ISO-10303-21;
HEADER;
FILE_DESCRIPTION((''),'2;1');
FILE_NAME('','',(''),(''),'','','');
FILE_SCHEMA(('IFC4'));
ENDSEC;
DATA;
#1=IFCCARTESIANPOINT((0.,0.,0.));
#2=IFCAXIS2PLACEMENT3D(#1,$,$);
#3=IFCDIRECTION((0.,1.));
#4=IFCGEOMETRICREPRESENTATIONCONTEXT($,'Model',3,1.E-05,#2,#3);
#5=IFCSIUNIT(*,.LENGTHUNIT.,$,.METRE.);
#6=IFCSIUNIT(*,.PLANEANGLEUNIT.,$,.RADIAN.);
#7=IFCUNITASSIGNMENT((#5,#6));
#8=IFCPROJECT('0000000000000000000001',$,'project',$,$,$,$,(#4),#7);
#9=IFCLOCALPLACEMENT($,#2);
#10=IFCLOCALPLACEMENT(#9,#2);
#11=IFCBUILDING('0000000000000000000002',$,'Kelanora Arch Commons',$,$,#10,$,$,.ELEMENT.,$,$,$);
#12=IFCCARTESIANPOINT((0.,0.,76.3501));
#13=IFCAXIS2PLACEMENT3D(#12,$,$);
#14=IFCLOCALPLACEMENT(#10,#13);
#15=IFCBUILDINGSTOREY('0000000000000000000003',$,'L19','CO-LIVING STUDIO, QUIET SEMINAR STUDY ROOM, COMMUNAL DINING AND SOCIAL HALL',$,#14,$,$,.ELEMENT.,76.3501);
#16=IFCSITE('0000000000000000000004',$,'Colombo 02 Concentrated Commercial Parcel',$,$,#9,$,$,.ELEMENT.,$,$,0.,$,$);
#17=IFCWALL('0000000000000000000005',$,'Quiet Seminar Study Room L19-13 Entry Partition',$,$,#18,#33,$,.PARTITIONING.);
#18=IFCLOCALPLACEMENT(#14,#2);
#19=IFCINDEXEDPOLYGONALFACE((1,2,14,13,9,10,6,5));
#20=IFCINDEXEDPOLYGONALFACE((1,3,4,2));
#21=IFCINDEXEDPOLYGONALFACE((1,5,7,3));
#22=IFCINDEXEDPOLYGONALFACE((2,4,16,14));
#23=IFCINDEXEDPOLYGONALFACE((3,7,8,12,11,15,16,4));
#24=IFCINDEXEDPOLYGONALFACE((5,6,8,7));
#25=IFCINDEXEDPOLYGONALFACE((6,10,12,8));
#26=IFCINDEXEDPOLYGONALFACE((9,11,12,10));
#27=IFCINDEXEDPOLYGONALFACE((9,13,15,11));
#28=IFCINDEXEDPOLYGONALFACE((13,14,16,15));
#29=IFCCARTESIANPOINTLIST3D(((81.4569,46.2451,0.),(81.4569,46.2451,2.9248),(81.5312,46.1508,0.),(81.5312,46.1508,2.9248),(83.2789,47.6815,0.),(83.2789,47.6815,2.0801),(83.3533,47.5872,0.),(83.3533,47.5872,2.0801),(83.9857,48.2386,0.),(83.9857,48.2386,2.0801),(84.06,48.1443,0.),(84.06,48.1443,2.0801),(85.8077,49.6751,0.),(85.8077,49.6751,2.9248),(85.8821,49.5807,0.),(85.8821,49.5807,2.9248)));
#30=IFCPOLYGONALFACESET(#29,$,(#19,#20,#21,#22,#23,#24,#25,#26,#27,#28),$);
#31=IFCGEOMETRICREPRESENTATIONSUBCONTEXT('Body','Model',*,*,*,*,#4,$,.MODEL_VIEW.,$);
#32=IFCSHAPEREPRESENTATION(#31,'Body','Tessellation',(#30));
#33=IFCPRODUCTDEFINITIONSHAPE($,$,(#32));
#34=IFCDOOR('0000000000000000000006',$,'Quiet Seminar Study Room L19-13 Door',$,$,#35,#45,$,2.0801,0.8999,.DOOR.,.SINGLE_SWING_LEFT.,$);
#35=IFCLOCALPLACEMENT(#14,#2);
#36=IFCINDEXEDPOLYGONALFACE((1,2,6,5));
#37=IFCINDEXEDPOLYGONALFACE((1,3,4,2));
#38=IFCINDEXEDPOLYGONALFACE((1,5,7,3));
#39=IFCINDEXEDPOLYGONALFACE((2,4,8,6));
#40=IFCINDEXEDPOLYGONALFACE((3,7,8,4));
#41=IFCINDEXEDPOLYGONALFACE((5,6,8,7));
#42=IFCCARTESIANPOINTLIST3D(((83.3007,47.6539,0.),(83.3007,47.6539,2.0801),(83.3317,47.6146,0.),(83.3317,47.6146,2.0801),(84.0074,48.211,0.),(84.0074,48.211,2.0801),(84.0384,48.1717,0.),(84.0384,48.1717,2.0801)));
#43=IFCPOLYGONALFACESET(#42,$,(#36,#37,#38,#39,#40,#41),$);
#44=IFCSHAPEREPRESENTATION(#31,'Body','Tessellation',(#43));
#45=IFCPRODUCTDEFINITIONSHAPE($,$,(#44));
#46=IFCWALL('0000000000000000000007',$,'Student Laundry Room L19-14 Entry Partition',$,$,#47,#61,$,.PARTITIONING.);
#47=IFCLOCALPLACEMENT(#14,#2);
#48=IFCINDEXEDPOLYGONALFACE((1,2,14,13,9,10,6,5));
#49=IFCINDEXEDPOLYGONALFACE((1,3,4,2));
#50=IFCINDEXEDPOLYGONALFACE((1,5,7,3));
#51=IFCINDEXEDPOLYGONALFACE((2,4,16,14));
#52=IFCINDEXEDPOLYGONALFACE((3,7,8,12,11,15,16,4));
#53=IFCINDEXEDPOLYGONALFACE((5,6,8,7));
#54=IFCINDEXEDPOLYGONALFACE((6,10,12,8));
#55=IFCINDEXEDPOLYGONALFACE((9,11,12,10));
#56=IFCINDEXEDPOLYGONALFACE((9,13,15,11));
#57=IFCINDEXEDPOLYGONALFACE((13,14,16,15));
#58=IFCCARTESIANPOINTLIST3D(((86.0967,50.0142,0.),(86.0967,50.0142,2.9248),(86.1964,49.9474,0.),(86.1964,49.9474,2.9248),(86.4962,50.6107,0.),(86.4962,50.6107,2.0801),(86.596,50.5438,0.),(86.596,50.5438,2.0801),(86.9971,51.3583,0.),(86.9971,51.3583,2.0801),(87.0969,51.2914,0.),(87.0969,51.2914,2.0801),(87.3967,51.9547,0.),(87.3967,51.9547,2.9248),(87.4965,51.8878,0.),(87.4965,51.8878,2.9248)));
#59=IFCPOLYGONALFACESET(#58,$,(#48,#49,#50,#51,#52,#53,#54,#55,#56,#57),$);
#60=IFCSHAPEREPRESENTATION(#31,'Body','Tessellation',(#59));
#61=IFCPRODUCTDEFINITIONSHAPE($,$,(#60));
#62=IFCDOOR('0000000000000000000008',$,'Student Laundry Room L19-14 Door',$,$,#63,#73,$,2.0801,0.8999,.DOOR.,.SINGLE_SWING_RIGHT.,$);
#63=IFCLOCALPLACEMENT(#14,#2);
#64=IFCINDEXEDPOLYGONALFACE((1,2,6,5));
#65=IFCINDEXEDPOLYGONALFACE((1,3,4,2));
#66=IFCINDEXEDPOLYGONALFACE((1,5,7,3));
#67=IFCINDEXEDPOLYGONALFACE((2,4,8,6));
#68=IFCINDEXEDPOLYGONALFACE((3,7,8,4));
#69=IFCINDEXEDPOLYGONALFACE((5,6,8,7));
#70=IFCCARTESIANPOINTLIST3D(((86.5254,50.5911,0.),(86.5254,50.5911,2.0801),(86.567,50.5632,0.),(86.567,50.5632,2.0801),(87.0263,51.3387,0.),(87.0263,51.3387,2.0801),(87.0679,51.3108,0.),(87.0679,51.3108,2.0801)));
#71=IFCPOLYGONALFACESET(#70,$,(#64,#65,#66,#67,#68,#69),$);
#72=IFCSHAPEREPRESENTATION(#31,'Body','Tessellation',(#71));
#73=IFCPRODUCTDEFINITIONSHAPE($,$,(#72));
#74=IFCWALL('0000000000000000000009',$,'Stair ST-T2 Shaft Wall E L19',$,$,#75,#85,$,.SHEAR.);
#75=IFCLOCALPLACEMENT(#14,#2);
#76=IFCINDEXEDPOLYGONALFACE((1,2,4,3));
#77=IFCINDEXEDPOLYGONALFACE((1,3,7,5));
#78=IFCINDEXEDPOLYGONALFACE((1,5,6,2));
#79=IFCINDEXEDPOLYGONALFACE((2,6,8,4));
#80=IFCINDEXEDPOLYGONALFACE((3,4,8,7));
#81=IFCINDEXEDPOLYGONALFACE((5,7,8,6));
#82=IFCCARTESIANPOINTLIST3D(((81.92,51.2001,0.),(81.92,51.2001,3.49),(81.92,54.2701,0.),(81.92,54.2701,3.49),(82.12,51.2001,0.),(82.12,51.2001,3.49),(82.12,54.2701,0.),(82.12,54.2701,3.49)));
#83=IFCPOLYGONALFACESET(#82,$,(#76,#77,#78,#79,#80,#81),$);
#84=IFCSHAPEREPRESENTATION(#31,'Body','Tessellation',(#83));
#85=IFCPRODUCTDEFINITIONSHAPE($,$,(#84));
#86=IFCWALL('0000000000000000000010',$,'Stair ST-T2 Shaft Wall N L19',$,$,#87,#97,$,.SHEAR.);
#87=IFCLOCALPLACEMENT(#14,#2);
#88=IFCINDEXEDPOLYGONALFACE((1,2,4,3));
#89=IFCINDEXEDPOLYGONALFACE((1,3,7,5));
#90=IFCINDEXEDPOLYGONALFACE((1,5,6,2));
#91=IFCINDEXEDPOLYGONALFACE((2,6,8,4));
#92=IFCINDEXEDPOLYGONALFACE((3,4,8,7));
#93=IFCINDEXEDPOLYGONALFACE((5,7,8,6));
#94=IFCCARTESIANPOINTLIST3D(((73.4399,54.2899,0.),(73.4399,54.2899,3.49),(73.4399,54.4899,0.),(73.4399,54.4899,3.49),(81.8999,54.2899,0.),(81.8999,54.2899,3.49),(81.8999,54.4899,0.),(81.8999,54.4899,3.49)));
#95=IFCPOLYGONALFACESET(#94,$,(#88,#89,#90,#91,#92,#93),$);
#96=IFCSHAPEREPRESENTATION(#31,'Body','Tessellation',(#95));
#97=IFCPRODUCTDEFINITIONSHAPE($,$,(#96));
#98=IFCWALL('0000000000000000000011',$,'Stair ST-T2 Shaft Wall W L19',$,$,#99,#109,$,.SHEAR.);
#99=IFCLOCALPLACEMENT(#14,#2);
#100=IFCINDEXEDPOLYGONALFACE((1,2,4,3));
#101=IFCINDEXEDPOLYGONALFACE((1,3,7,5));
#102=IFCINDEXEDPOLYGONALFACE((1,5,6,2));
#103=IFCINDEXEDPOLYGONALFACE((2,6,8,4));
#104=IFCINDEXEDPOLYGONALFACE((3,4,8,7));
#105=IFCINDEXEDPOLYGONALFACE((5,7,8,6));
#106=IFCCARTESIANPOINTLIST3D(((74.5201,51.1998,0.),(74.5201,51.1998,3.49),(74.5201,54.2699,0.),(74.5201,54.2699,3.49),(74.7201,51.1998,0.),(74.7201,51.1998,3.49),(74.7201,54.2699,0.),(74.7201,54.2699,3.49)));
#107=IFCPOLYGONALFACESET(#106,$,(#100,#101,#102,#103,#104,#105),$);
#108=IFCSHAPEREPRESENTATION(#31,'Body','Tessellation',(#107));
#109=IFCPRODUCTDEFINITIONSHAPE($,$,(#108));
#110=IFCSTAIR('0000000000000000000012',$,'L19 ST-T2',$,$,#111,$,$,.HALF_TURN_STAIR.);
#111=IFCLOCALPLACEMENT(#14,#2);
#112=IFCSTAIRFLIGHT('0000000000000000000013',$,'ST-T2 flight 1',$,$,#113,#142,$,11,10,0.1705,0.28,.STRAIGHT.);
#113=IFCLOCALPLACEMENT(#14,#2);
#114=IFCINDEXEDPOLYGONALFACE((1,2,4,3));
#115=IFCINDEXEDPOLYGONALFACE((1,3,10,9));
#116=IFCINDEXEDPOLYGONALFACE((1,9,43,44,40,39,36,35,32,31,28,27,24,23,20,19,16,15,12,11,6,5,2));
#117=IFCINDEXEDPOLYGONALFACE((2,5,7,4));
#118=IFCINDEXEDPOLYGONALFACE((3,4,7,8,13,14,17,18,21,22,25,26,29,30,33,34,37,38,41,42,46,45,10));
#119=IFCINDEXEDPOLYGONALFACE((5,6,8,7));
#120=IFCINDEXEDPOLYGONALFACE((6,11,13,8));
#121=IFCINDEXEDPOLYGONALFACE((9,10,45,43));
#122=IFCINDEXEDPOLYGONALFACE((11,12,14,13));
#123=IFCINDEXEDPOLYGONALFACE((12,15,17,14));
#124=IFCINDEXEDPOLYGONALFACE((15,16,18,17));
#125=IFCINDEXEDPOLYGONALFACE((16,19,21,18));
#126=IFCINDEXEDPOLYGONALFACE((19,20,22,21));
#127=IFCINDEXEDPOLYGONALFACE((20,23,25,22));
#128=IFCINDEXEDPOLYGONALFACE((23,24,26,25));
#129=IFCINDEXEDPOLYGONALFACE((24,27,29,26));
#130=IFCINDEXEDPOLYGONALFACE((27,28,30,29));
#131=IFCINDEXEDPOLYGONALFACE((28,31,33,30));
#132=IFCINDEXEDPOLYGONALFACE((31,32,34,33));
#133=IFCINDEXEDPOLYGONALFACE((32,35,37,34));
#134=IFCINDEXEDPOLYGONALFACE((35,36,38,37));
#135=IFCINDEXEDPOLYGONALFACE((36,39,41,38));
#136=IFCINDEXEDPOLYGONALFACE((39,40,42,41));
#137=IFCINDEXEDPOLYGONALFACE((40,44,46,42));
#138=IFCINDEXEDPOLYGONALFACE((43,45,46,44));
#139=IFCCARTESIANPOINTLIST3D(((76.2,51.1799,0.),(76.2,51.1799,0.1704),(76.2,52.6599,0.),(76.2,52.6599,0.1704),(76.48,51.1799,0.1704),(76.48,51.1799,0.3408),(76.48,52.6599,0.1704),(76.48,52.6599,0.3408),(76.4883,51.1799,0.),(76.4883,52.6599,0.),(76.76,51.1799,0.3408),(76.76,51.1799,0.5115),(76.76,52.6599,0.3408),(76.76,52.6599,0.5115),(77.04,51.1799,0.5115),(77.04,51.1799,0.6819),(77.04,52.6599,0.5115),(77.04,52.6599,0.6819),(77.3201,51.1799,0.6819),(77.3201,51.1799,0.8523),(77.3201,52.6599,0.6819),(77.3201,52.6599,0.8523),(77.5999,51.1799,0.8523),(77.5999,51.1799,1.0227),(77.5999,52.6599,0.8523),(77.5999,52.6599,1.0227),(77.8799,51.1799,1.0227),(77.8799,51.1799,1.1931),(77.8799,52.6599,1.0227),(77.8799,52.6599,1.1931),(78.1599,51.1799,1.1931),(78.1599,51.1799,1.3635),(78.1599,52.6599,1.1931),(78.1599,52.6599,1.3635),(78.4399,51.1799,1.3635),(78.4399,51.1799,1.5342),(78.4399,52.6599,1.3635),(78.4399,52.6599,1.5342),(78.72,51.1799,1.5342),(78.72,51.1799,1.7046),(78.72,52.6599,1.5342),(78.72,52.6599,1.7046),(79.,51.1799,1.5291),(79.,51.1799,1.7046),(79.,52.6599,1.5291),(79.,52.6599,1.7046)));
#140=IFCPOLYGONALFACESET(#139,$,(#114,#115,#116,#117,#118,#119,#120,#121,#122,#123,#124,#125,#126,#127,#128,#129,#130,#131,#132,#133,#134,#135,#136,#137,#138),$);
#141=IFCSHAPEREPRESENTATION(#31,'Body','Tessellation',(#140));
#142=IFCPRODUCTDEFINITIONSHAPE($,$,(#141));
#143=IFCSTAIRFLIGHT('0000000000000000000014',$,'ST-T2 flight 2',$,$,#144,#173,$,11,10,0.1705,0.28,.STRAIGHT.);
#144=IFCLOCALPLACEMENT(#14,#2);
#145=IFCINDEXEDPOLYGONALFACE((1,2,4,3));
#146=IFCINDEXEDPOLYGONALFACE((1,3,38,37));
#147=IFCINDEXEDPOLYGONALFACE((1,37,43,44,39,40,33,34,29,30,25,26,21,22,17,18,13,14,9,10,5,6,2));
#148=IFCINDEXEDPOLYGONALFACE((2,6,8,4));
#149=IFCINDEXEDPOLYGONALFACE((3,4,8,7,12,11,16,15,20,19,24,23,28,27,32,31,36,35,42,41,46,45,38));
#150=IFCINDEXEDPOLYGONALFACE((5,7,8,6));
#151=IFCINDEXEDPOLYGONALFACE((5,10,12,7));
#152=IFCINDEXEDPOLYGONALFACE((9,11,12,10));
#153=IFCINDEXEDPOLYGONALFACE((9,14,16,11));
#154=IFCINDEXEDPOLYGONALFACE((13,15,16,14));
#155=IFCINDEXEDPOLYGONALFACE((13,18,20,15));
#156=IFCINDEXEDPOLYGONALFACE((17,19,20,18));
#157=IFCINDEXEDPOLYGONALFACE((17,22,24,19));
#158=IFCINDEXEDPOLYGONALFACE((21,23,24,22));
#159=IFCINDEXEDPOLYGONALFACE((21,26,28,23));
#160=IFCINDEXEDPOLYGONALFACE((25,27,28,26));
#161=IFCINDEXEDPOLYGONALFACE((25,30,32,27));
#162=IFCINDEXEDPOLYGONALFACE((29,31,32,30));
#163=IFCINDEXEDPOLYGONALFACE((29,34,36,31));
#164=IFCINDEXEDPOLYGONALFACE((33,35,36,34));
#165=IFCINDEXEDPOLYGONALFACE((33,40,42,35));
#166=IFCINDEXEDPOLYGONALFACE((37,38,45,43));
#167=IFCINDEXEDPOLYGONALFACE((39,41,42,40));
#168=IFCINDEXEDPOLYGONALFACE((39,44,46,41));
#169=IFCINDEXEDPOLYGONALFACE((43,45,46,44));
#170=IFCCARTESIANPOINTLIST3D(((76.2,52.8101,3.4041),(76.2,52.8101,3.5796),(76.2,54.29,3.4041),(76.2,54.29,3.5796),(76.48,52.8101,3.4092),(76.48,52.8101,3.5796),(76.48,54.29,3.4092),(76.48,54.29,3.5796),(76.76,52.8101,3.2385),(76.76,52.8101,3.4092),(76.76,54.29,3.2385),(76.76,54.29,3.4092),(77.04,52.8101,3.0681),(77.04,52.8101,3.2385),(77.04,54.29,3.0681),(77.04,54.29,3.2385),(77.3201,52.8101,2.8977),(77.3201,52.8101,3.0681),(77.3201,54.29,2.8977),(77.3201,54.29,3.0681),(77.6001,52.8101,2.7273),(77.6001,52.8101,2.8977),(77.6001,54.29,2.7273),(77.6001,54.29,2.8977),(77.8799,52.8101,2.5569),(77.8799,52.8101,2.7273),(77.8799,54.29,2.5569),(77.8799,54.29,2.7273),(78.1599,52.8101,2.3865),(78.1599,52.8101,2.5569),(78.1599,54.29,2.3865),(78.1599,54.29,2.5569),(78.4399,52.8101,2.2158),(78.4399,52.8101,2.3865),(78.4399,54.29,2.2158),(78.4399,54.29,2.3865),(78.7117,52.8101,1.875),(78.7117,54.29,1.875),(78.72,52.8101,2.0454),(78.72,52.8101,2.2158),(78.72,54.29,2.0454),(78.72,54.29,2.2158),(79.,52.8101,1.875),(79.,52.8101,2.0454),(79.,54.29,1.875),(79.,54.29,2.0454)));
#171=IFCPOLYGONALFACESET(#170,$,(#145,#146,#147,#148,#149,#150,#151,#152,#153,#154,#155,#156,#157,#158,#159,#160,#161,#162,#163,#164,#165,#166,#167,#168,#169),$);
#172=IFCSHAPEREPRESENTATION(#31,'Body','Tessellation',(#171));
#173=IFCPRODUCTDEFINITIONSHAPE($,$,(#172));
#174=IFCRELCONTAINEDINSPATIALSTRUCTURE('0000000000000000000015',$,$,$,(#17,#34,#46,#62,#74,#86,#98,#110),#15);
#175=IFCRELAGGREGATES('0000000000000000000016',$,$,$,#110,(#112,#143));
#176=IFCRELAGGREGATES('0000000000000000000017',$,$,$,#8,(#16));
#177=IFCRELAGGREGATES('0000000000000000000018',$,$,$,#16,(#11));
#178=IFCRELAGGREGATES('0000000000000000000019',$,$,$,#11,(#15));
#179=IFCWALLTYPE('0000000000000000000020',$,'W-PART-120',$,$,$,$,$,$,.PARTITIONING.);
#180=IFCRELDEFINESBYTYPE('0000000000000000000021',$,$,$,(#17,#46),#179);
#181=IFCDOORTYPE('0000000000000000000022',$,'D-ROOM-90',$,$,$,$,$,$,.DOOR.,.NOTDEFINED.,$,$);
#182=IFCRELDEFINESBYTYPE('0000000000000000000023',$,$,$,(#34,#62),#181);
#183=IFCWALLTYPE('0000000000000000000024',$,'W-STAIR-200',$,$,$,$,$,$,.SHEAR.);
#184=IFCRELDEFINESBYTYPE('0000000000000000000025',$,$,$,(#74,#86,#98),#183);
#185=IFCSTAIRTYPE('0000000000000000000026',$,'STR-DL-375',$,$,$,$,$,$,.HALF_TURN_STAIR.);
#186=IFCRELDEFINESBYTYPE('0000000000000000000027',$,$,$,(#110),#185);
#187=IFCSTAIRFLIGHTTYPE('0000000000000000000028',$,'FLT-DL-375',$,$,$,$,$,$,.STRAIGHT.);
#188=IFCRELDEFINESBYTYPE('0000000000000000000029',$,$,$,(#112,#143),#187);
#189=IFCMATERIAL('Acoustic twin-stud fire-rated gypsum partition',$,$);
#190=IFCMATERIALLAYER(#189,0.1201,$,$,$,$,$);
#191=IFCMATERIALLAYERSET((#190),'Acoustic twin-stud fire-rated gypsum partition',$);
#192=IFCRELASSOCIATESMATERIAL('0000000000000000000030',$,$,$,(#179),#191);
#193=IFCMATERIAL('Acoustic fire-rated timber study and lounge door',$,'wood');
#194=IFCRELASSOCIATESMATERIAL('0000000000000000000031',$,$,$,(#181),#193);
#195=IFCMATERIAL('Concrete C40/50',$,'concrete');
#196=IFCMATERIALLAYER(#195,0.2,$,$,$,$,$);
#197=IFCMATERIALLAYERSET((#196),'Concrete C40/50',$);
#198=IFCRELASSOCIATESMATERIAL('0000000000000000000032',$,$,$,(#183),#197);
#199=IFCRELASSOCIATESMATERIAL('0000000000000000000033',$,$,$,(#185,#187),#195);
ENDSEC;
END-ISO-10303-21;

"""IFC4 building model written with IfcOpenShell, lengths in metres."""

from ifc_helpers import new_model, si_unit, direction, frame, frame_2d, origin, place, context, subcontext, project, spatial, polyline, rectangle, outline, extrude, material, layer, layer_set, type_object, element, fill, aggregate, save


model = new_model("IFC4")

# Units and contexts
model_context = context("Model", 3, precision=1e-05, world=origin(), true_north=direction((0.0, 1.0)))
body_context = subcontext(model_context, "Body", "Model", "MODEL_VIEW")
ifc_project = project(units=[si_unit("LENGTHUNIT", "METRE"), si_unit("PLANEANGLEUNIT", "RADIAN")], contexts=[model_context])

# Site, building, storey
site_placement = place(None, origin())
site = spatial("IfcSite", under=ifc_project, at=site_placement, Name="Colombo 02 Concentrated Commercial Parcel", CompositionType="ELEMENT", RefElevation=0.0)
building_placement = place(site_placement, origin())
building = spatial("IfcBuilding", under=site, at=building_placement, Name="Kelanora Arch Commons", CompositionType="ELEMENT")
storey_placement = place(building_placement, frame((0.0, 0.0, 76.3501)))
storey = spatial("IfcBuildingStorey", under=building, at=storey_placement, Name="L19", Description="CO-LIVING STUDIO, QUIET SEMINAR STUDY ROOM, COMMUNAL DINING AND SOCIAL HALL", CompositionType="ELEMENT", Elevation=76.3501)

# Walls, openings, doors
ifc_material_1 = material(Name="Acoustic twin-stud fire-rated gypsum partition")
ifc_layer_1 = layer(ifc_material_1, 0.1201)
ifc_layer_set_1 = layer_set([ifc_layer_1], Name="Acoustic twin-stud fire-rated gypsum partition")
wall_type_1 = type_object("IfcWallType", Name="W-PART-120", PredefinedType="PARTITIONING", material=ifc_layer_set_1)
wall_1_placement = place(storey_placement, frame((81.4941, 46.198, 0.0), z_axis=(0.0, 0.0, 1.0), x_axis=(0.785316, 0.619095, 0.0)))
wall_1 = element("IfcWall", 1, at=wall_1_placement, inside=storey, type_object=wall_type_1, Name="Quiet Seminar Study Room L19-13 Entry Partition", PredefinedType="PARTITIONING", context=body_context, shape_type="SweptSolid", body=[
    extrude(rectangle(XDim=5.5403, YDim=0.1201, at=frame_2d((2.77, 0.0))), origin(), (0.0, 0.0, 1.0), 2.9248),
])
opening_1_placement = place(wall_1_placement, frame((2.3201, 0.0, 0.0)))
opening_1 = element("IfcOpeningElement", 2, at=opening_1_placement, cuts=wall_1, PredefinedType="OPENING", context=body_context, shape_type="SweptSolid", body=[
    extrude(rectangle(XDim=0.8999, YDim=2.0801, at=frame_2d((0.45, 1.04))), frame((0.0, 0.0701, 0.0), z_axis=(0.0, -1.0, 0.0), x_axis=(1.0, 0.0, 0.0)), (0.0, 0.0, 1.0), 0.1401),
])
ifc_material_2 = material(Name="Acoustic fire-rated timber study and lounge door", Category="wood")
door_type_1 = type_object("IfcDoorType", Name="D-ROOM-90", OperationType="NOTDEFINED", PredefinedType="DOOR", material=ifc_material_2)
door_1_placement = place(opening_1_placement, origin())
door_1 = element("IfcDoor", 3, at=door_1_placement, inside=storey, type_object=door_type_1, Name="Quiet Seminar Study Room L19-13 Door", OperationType="SINGLE_SWING_LEFT", OverallHeight=2.0801, OverallWidth=0.8999, PredefinedType="DOOR", context=body_context, shape_type="SweptSolid", body=[
    extrude(rectangle(XDim=0.8999, YDim=2.0801, at=frame_2d((0.45, 1.04))), frame((0.0, 0.0249, 0.0), z_axis=(0.0, -1.0, 0.0), x_axis=(1.0, 0.0, 0.0)), (0.0, 0.0, 1.0), 0.05),
])
fill(opening_1, door_1)
wall_2_placement = place(storey_placement, frame((86.1465, 49.9807, 0.0), z_axis=(0.0, 0.0, 1.0), x_axis=(0.556604, 0.830778, 0.0)))
wall_2 = element("IfcWall", 4, at=wall_2_placement, inside=storey, type_object=wall_type_1, Name="Student Laundry Room L19-14 Entry Partition", PredefinedType="PARTITIONING", context=body_context, shape_type="SweptSolid", body=[
    extrude(rectangle(XDim=2.3357, YDim=0.1201, at=frame_2d((1.168, 0.0))), origin(), (0.0, 0.0, 1.0), 2.9248),
])
opening_2_placement = place(wall_2_placement, frame((0.718, 0.0, 0.0)))
opening_2 = element("IfcOpeningElement", 5, at=opening_2_placement, cuts=wall_2, PredefinedType="OPENING", context=body_context, shape_type="SweptSolid", body=[
    extrude(rectangle(XDim=0.8999, YDim=2.0801, at=frame_2d((0.45, 1.04))), frame((0.0, 0.0701, 0.0), z_axis=(0.0, -1.0, 0.0), x_axis=(1.0, 0.0, 0.0)), (0.0, 0.0, 1.0), 0.1401),
])
door_2_placement = place(opening_2_placement, origin())
door_2 = element("IfcDoor", 6, at=door_2_placement, inside=storey, type_object=door_type_1, Name="Student Laundry Room L19-14 Door", OperationType="SINGLE_SWING_RIGHT", OverallHeight=2.0801, OverallWidth=0.8999, PredefinedType="DOOR", context=body_context, shape_type="SweptSolid", body=[
    extrude(rectangle(XDim=0.8999, YDim=2.0801, at=frame_2d((0.45, 1.04))), frame((0.0, 0.0249, 0.0), z_axis=(0.0, -1.0, 0.0), x_axis=(1.0, 0.0, 0.0)), (0.0, 0.0, 1.0), 0.05),
])
fill(opening_2, door_2)

# Walls
ifc_material_3 = material(Name="Concrete C40/50", Category="concrete")
ifc_layer_2 = layer(ifc_material_3, 0.2)
ifc_layer_set_2 = layer_set([ifc_layer_2], Name="Concrete C40/50")
wall_type_2 = type_object("IfcWallType", Name="W-STAIR-200", PredefinedType="SHEAR", material=ifc_layer_set_2)
wall_3_placement = place(storey_placement, frame((82.02, 51.2, 0.0), z_axis=(0.0, 0.0, 1.0), x_axis=(0.0, 1.0, 0.0)))
element("IfcWall", 7, at=wall_3_placement, inside=storey, type_object=wall_type_2, Name="Stair ST-T2 Shaft Wall E L19", PredefinedType="SHEAR", context=body_context, shape_type="SweptSolid", body=[
    extrude(rectangle(XDim=3.0701, YDim=0.2, at=frame_2d((1.5352, 0.0))), origin(), (0.0, 0.0, 1.0), 3.49),
])
wall_4_placement = place(storey_placement, frame((81.8999, 54.3899, 0.0), z_axis=(0.0, 0.0, 1.0), x_axis=(-1.0, 0.0, 0.0)))
element("IfcWall", 8, at=wall_4_placement, inside=storey, type_object=wall_type_2, Name="Stair ST-T2 Shaft Wall N L19", PredefinedType="SHEAR", context=body_context, shape_type="SweptSolid", body=[
    extrude(rectangle(XDim=8.46, YDim=0.2, at=frame_2d((4.23, 0.0))), origin(), (0.0, 0.0, 1.0), 3.49),
])
wall_5_placement = place(storey_placement, frame((74.6201, 54.27, 0.0), z_axis=(0.0, 0.0, 1.0), x_axis=(0.0, -1.0, 0.0)))
element("IfcWall", 9, at=wall_5_placement, inside=storey, type_object=wall_type_2, Name="Stair ST-T2 Shaft Wall W L19", PredefinedType="SHEAR", context=body_context, shape_type="SweptSolid", body=[
    extrude(rectangle(XDim=3.0701, YDim=0.2, at=frame_2d((1.5352, 0.0))), origin(), (0.0, 0.0, 1.0), 3.49),
])

# Stair, stair flights
stair_type = type_object("IfcStairType", Name="STR-DL-375", PredefinedType="HALF_TURN_STAIR", material=ifc_material_3)
stair_placement = place(storey_placement, origin())
stair = element("IfcStair", 10, at=stair_placement, inside=storey, type_object=stair_type, Name="L19 ST-T2", PredefinedType="HALF_TURN_STAIR")
stair_flight_type = type_object("IfcStairFlightType", Name="FLT-DL-375", PredefinedType="STRAIGHT", material=ifc_material_3)
stair_flight_1_placement = place(storey_placement, frame((76.2, 51.9199, 0.0), z_axis=(0.0, 0.0, 1.0), x_axis=(1.0, 0.0, 0.0)))
stair_flight_1 = element("IfcStairFlight", 11, at=stair_flight_1_placement, type_object=stair_flight_type, Name="ST-T2 flight 1", NumberOfRisers=11, NumberOfTreads=10, PredefinedType="STRAIGHT", RiserHeight=0.1705, TreadLength=0.28, context=body_context, shape_type="SweptSolid", body=[
    extrude(outline(polyline([(0.0, 0.0), (0.0, 0.1704), (0.28, 0.1704), (0.28, 0.3408), (0.5601, 0.3408), (0.5601, 0.5115), (0.8401, 0.5115), (0.8401, 0.6819), (1.1201, 0.6819), (1.1201, 0.8523), (1.3999, 0.8523), (1.3999, 1.0227), (1.6799, 1.0227), (1.6799, 1.1931), (1.96, 1.1931), (1.96, 1.3635), (2.24, 1.3635), (2.24, 1.5342), (2.52, 1.5342), (2.52, 1.7046), (2.8, 1.7046), (2.8, 1.875), (2.8, 1.5291), (0.2883, 0.0), (0.0, 0.0)])), frame((0.0, 0.74, 0.0), z_axis=(0.0, -1.0, 0.0), x_axis=(1.0, 0.0, 0.0)), (0.0, 0.0, 1.0), 1.48),
])
stair_flight_2_placement = place(storey_placement, frame((79.0, 53.55, 1.875), z_axis=(0.0, 0.0, 1.0), x_axis=(-1.0, 0.0, 0.0)))
stair_flight_2 = element("IfcStairFlight", 12, at=stair_flight_2_placement, type_object=stair_flight_type, Name="ST-T2 flight 2", NumberOfRisers=11, NumberOfTreads=10, PredefinedType="STRAIGHT", RiserHeight=0.1705, TreadLength=0.28, context=body_context, shape_type="SweptSolid", body=[
    extrude(outline(polyline([(0.0, 0.0), (0.0, 0.1704), (0.28, 0.1704), (0.28, 0.3408), (0.5601, 0.3408), (0.5601, 0.5115), (0.8401, 0.5115), (0.8401, 0.6819), (1.1201, 0.6819), (1.1201, 0.8523), (1.3999, 0.8523), (1.3999, 1.0227), (1.6799, 1.0227), (1.6799, 1.1931), (1.96, 1.1931), (1.96, 1.3635), (2.24, 1.3635), (2.24, 1.5342), (2.52, 1.5342), (2.52, 1.7046), (2.8, 1.7046), (2.8, 1.875), (2.8, 1.5291), (0.2883, 0.0), (0.0, 0.0)])), frame((0.0, 0.74, 0.0), z_axis=(0.0, -1.0, 0.0), x_axis=(1.0, 0.0, 0.0)), (0.0, 0.0, 1.0), 1.48),
])
aggregate(stair, [stair_flight_1, stair_flight_2])

save(model, "model.ifc")
